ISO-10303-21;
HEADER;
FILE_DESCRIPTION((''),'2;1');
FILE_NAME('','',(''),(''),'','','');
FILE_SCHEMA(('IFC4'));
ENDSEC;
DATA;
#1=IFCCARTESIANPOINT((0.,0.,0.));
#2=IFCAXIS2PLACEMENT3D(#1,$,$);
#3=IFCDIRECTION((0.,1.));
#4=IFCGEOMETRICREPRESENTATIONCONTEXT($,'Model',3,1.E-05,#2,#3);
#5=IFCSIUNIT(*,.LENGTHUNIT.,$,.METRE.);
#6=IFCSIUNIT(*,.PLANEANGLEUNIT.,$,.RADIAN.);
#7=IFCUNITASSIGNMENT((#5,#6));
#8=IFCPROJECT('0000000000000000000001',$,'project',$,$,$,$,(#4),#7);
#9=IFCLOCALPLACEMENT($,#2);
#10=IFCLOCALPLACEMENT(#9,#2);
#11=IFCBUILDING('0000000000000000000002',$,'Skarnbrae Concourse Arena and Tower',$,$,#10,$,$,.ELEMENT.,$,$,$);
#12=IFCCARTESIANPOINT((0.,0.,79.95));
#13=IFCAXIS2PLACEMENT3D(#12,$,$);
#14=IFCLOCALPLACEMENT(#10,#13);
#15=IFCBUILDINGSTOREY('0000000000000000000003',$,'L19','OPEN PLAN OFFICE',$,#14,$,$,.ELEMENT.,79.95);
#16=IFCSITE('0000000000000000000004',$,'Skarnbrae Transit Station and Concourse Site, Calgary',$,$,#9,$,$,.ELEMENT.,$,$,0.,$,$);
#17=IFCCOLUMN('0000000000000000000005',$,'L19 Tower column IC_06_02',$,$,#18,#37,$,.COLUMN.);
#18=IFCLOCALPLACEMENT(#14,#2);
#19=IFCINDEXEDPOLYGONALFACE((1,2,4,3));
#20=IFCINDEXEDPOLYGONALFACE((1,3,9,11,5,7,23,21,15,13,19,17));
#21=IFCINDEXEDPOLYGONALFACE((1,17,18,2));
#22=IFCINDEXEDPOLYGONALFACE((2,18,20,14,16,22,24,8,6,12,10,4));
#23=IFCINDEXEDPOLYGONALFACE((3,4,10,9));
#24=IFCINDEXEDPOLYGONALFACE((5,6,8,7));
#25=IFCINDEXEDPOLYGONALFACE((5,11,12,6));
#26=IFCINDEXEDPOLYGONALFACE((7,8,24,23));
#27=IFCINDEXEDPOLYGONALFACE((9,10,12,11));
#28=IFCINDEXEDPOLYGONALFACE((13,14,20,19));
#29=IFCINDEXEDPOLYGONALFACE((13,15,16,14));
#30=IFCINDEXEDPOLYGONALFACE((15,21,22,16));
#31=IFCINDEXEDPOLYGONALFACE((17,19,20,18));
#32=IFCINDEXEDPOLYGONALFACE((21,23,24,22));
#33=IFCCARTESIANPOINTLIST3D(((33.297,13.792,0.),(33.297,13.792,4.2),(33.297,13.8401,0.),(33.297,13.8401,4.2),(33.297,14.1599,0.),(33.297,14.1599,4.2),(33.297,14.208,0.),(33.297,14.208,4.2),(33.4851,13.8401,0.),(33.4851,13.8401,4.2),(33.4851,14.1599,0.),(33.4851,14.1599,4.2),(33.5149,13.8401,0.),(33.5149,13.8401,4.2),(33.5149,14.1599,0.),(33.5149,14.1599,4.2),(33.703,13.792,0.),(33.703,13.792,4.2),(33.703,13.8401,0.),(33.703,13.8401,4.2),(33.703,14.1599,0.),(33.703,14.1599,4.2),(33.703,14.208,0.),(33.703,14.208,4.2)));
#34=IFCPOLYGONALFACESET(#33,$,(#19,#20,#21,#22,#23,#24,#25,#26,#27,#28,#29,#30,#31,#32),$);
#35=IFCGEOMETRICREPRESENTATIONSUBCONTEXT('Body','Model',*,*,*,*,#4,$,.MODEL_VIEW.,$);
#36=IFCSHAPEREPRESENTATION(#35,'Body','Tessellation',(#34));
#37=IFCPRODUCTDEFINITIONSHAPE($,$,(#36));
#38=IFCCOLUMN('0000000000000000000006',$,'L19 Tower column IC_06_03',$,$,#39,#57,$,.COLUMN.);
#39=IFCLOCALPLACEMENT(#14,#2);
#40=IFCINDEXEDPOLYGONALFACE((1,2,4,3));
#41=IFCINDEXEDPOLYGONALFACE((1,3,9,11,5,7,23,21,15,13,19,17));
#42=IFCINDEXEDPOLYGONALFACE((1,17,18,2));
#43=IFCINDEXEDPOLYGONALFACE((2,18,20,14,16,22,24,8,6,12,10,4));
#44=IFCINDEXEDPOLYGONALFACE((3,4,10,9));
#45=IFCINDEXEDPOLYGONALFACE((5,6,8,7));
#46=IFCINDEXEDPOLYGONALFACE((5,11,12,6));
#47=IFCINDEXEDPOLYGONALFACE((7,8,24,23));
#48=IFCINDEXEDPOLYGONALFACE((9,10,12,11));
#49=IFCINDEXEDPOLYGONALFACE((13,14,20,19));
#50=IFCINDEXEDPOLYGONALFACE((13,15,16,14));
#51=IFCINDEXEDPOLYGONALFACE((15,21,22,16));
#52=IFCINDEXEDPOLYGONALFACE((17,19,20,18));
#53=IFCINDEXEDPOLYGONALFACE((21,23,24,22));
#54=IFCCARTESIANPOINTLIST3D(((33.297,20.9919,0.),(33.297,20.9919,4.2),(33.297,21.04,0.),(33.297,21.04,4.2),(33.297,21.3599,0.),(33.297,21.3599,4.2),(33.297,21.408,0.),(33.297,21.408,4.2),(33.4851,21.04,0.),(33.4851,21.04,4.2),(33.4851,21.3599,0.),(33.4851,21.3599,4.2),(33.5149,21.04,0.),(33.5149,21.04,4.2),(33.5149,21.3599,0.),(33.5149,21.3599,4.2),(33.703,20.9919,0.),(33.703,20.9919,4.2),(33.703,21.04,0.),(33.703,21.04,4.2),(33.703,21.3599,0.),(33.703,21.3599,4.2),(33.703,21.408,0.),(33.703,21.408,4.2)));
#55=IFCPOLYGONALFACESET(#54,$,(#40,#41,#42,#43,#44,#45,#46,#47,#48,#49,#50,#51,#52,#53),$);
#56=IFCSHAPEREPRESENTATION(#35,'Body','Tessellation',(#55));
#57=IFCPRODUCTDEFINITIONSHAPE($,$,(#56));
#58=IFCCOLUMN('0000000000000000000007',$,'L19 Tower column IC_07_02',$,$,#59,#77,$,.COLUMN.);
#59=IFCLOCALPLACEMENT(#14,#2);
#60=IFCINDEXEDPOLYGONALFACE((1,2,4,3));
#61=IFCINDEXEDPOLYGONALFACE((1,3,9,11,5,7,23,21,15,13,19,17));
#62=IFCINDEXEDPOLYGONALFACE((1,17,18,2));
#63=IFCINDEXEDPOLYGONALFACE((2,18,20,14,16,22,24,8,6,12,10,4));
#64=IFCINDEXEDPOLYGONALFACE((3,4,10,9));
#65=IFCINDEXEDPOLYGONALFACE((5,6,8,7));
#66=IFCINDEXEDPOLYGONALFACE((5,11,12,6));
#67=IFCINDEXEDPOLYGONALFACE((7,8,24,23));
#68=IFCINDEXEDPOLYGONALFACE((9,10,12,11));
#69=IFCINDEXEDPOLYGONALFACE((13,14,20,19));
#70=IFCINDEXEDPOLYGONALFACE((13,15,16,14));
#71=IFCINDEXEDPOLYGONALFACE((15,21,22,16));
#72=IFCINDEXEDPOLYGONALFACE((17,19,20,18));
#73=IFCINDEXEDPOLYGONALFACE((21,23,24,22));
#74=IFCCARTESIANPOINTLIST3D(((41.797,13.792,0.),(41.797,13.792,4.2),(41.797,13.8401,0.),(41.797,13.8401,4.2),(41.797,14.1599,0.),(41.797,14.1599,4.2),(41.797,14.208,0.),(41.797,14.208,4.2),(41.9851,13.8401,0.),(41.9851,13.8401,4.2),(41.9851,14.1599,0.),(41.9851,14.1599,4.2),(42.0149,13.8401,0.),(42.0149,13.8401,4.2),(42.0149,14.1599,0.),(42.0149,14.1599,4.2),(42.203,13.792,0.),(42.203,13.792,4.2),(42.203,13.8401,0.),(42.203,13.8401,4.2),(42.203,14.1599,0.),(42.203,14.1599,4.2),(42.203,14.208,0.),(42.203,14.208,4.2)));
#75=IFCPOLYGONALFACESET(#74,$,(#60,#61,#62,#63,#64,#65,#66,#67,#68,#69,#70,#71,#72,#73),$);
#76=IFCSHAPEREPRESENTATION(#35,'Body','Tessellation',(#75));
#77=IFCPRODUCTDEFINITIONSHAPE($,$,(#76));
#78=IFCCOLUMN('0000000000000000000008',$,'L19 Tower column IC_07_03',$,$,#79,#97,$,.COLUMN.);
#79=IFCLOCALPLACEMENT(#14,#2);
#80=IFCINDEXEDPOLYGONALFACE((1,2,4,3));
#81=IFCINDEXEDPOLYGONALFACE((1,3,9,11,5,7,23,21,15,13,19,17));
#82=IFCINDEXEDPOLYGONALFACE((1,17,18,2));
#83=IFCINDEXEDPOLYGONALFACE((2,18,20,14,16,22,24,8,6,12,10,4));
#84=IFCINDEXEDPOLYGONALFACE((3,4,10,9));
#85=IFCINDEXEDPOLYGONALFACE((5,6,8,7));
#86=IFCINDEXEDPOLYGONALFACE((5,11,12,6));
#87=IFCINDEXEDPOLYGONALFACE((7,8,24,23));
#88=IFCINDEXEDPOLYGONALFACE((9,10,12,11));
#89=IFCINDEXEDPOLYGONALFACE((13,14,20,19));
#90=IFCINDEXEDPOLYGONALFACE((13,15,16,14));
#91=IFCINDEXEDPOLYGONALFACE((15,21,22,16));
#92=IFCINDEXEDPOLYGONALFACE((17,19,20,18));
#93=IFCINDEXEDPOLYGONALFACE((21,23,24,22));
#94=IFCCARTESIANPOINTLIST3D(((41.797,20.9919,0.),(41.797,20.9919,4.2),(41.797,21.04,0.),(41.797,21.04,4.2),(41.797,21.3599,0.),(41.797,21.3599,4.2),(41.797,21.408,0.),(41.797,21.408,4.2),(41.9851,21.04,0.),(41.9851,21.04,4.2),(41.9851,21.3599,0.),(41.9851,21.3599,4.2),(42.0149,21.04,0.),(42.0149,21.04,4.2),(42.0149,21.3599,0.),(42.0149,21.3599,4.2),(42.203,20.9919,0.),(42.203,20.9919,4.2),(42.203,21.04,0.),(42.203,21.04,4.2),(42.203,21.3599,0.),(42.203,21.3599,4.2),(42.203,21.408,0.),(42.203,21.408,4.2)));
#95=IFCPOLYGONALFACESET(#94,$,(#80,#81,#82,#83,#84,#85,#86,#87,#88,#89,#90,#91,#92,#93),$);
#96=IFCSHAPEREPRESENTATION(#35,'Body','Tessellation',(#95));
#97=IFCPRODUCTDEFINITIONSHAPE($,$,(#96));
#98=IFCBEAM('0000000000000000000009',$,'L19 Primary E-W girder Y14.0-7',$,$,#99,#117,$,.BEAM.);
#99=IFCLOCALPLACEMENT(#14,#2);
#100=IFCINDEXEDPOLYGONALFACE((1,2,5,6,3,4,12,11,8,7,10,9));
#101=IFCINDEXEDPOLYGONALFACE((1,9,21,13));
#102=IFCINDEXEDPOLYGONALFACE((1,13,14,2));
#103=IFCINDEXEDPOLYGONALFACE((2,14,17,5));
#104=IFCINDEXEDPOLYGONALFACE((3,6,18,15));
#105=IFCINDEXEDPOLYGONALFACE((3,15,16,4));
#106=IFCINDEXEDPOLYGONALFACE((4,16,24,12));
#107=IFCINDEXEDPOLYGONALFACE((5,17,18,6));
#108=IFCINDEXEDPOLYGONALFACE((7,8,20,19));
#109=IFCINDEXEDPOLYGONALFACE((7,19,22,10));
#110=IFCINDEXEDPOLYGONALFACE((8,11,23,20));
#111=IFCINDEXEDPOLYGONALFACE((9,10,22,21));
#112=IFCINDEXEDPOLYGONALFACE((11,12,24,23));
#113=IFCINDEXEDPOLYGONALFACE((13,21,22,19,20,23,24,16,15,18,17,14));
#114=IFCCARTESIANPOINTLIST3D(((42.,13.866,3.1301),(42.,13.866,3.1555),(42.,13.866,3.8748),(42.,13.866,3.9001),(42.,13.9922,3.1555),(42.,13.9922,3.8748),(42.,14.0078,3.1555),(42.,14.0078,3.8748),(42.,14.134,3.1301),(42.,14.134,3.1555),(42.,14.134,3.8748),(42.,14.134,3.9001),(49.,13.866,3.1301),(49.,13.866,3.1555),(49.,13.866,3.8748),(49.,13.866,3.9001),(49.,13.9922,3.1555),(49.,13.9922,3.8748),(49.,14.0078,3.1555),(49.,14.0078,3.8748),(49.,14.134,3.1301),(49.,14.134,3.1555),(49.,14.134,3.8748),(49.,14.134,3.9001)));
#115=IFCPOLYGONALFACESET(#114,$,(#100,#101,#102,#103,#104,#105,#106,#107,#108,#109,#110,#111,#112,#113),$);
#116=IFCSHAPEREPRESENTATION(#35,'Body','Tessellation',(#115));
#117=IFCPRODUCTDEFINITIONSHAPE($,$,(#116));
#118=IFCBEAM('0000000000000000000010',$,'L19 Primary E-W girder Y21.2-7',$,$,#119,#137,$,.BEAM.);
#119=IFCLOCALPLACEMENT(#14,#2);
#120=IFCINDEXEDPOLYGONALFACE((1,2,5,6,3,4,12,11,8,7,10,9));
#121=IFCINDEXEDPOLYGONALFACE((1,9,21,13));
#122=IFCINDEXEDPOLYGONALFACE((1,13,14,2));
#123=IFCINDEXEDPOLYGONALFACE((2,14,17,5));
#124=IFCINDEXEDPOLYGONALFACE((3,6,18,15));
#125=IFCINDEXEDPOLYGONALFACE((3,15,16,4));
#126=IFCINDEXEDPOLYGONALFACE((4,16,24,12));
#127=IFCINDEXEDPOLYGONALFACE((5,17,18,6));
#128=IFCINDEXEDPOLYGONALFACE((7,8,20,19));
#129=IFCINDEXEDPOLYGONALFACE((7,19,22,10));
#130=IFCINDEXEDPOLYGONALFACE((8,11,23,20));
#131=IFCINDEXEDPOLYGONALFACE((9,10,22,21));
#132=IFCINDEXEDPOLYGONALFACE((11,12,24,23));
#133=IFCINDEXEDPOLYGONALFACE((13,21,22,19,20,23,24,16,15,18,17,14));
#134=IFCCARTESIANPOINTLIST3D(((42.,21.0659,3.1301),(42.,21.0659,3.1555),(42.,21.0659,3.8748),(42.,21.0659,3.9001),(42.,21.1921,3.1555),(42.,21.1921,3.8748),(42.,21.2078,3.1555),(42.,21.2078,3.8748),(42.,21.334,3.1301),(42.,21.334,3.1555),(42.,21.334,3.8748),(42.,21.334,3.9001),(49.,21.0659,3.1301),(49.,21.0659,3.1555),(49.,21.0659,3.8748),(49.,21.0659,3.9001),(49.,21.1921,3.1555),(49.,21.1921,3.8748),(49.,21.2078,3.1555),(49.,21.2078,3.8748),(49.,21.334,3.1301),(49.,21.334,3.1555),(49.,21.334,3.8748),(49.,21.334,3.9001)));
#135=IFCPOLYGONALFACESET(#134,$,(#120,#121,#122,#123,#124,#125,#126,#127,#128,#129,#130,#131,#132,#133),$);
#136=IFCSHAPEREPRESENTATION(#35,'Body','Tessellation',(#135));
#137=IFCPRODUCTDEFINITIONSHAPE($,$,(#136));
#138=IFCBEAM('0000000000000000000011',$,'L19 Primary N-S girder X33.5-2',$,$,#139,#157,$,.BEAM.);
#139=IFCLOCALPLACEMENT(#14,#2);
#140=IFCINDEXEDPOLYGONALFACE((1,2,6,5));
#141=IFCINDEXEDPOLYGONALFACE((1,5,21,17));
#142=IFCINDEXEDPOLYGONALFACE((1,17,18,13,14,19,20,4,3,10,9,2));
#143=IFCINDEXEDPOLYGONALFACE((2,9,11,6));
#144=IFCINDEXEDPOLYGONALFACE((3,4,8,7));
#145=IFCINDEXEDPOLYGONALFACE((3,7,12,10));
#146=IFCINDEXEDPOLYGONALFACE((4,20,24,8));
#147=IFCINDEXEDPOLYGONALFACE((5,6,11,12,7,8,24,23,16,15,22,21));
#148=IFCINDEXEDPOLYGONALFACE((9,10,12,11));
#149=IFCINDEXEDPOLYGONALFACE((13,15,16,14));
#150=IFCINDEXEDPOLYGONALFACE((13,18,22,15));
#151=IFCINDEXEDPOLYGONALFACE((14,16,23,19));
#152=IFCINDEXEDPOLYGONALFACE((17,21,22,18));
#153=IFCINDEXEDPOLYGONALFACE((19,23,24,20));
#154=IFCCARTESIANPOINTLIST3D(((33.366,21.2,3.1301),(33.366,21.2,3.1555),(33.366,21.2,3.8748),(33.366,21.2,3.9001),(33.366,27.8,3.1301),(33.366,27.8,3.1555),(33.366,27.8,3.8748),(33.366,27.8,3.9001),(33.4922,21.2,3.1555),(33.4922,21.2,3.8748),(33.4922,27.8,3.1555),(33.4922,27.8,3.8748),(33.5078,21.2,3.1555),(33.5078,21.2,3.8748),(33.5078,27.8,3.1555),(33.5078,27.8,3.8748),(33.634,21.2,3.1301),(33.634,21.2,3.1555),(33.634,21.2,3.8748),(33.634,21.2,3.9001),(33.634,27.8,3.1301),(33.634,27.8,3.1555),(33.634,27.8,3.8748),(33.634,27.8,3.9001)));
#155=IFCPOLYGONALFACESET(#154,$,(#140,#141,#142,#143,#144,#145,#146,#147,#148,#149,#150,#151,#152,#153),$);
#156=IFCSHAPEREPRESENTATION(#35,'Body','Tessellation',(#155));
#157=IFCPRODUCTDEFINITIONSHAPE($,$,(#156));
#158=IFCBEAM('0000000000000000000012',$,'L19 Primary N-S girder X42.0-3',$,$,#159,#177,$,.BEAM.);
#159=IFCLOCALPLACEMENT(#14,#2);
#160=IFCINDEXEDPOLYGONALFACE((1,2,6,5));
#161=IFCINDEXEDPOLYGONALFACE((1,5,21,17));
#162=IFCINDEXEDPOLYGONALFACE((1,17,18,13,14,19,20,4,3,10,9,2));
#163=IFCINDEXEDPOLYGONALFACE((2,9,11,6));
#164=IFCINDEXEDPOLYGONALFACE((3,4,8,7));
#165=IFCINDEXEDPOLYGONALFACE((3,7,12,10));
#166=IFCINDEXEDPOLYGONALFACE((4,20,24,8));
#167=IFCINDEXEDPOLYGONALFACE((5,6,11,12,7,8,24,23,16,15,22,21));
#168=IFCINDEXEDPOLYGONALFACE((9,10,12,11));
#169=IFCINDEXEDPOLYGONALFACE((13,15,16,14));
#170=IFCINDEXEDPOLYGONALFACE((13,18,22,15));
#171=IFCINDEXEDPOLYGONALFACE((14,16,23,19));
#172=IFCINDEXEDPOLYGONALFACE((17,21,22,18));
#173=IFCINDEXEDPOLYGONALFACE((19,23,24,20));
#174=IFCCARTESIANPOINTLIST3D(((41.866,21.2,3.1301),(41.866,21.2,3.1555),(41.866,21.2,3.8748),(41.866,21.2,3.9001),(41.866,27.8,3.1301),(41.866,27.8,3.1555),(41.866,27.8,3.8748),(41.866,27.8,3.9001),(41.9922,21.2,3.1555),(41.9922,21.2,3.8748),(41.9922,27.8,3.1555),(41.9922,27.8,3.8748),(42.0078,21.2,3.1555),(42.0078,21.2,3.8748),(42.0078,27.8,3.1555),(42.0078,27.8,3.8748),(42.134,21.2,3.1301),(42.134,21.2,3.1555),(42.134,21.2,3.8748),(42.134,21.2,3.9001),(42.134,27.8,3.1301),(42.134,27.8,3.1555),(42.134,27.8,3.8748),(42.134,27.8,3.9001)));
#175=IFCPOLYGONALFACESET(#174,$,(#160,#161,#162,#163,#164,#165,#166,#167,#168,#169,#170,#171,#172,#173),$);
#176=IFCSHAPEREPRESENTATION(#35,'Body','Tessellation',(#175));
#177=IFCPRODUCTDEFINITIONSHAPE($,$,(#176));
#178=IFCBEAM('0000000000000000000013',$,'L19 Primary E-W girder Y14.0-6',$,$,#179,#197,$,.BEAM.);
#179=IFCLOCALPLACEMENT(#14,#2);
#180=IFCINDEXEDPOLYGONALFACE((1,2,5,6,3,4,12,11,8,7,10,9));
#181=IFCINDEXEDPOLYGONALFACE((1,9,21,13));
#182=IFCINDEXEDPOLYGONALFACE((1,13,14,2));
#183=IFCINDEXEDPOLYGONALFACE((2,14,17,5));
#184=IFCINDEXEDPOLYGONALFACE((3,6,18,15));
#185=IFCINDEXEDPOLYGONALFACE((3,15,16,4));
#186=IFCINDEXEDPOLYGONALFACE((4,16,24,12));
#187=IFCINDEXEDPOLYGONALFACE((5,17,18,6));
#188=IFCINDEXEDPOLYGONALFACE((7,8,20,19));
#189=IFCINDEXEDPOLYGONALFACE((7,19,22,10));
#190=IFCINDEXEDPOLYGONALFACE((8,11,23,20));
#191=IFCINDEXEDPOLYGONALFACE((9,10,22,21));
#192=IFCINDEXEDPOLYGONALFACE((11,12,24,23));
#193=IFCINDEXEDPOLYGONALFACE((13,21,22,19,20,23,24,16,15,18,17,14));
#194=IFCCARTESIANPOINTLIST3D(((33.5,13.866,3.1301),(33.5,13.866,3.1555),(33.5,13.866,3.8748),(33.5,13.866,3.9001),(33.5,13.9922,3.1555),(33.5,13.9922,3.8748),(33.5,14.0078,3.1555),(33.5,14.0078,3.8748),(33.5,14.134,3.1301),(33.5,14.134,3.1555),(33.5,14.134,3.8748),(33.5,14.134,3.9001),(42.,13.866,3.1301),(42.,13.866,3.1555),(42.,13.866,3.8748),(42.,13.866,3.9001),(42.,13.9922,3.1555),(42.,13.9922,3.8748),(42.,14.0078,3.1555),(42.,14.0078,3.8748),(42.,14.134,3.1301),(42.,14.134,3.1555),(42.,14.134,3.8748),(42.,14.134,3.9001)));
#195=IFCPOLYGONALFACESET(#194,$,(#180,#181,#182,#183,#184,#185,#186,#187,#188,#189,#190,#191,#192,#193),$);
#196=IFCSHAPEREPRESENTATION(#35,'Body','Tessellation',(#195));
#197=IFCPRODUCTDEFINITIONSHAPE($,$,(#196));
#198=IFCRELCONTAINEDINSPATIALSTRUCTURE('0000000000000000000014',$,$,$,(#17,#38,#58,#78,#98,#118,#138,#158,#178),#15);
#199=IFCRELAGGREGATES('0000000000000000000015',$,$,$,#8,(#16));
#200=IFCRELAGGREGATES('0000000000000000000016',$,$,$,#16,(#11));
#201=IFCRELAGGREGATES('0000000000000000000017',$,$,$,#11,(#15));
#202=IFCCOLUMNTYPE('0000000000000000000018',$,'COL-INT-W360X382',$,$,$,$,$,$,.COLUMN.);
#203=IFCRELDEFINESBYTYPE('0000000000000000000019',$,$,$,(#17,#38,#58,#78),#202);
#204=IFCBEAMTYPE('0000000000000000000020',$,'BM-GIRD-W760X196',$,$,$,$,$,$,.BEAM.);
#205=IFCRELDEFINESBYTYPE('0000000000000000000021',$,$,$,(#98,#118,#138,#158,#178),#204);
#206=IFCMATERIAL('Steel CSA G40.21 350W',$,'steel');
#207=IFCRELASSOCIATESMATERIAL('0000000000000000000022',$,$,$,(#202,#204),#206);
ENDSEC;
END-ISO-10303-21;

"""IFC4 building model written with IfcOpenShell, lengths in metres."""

from ifc_helpers import new_model, si_unit, direction, frame, origin, origin_2d, place, context, subcontext, project, spatial, i_section, extrude, source, transform, mapped, material, material_profile, profile_set, type_object, element, save


model = new_model("IFC4")

# Units and contexts
model_context = context("Model", 3, precision=1e-05, world=origin(), true_north=direction((0.0, 1.0)))
body_context = subcontext(model_context, "Body", "Model", "MODEL_VIEW")
ifc_project = project(units=[si_unit("LENGTHUNIT", "METRE"), si_unit("PLANEANGLEUNIT", "RADIAN")], contexts=[model_context])

# Site, building, storey
site_placement = place(None, origin())
site = spatial("IfcSite", under=ifc_project, at=site_placement, Name="Skarnbrae Transit Station and Concourse Site, Calgary", CompositionType="ELEMENT", RefElevation=0.0)
building_placement = place(site_placement, origin())
building = spatial("IfcBuilding", under=site, at=building_placement, Name="Skarnbrae Concourse Arena and Tower", CompositionType="ELEMENT")
storey_placement = place(building_placement, frame((0.0, 0.0, 79.95)))
storey = spatial("IfcBuildingStorey", under=building, at=storey_placement, Name="L19", Description="OPEN PLAN OFFICE", CompositionType="ELEMENT", Elevation=79.95)

# Columns
ifc_material_1 = material(Name="Steel CSA G40.21 350W", Category="steel")
ifc_material_profile_1 = material_profile(ifc_material_1, i_section(OverallWidth=0.406, OverallDepth=0.416, WebThickness=0.0298, FlangeThickness=0.0481, at=origin_2d()), Name="W360X382")
ifc_profile_set_1 = profile_set([ifc_material_profile_1], Name="Steel CSA G40.21 350W")
column_type = type_object("IfcColumnType", Name="COL-INT-W360X382", PredefinedType="COLUMN", material=ifc_profile_set_1)
shared_shape_1 = source(origin(), body_context, "Body", "SweptSolid", [
    extrude(i_section(OverallWidth=0.406, OverallDepth=0.416, WebThickness=0.0298, FlangeThickness=0.0481, at=origin_2d()), origin(), (0.0, 0.0, 1.0), 4.2),
])
for number, where, z_axis, x_axis, name in (
    (1, (33.5, 14.0, 0.0), (0.0, 0.0, 1.0), (1.0, 0.0, 0.0), "L19 Tower column IC_06_02"),
    (2, (33.5, 21.2, 0.0), (0.0, 0.0, 1.0), (1.0, 0.0, 0.0), "L19 Tower column IC_06_03"),
    (3, (42.0, 14.0, 0.0), (0.0, 0.0, 1.0), (1.0, 0.0, 0.0), "L19 Tower column IC_07_02"),
    (4, (42.0, 21.2, 0.0), (0.0, 0.0, 1.0), (1.0, 0.0, 0.0), "L19 Tower column IC_07_03"),
):
    element("IfcColumn", number, at=place(storey_placement, frame(where, z_axis=z_axis, x_axis=x_axis)), inside=storey, type_object=column_type, Name=name, PredefinedType="COLUMN", context=body_context, shape_type="MappedRepresentation", body=[
        mapped(shared_shape_1, transform((0.0, 0.0, 0.0))),
    ])

# Beams
ifc_material_profile_2 = material_profile(ifc_material_1, i_section(OverallWidth=0.2681, OverallDepth=0.77, WebThickness=0.0156, FlangeThickness=0.0254, at=origin_2d()), Name="W760X196")
ifc_profile_set_2 = profile_set([ifc_material_profile_2], Name="Steel CSA G40.21 350W")
beam_type_1 = type_object("IfcBeamType", Name="BM-GIRD-W760X196", PredefinedType="BEAM", material=ifc_profile_set_2)
shared_shape_2 = source(origin(), body_context, "Body", "SweptSolid", [
    extrude(i_section(OverallWidth=0.2681, OverallDepth=0.77, WebThickness=0.0156, FlangeThickness=0.0254, at=origin_2d()), origin(), (0.0, 0.0, 1.0), 7.0),
])
for number, where, z_axis, x_axis, name in (
    (5, (42.0, 14.0, 3.5151), (1.0, 0.0, 0.0), (0.0, 1.0, 0.0), "L19 Primary E-W girder Y14.0-7"),
    (6, (42.0, 21.2, 3.5151), (1.0, 0.0, 0.0), (0.0, 1.0, 0.0), "L19 Primary E-W girder Y21.2-7"),
):
    element("IfcBeam", number, at=place(storey_placement, frame(where, z_axis=z_axis, x_axis=x_axis)), inside=storey, type_object=beam_type_1, Name=name, PredefinedType="BEAM", context=body_context, shape_type="MappedRepresentation", body=[
        mapped(shared_shape_2, transform((0.0, 0.0, 0.0))),
    ])
shared_shape_3 = source(origin(), body_context, "Body", "SweptSolid", [
    extrude(i_section(OverallWidth=0.2681, OverallDepth=0.77, WebThickness=0.0156, FlangeThickness=0.0254, at=origin_2d()), origin(), (0.0, 0.0, 1.0), 6.6001),
])
for number, where, z_axis, x_axis, name in (
    (7, (33.5, 21.2, 3.5151), (0.0, 1.0, 0.0), (-1.0, 0.0, 0.0), "L19 Primary N-S girder X33.5-2"),
    (8, (42.0, 21.2, 3.5151), (0.0, 1.0, 0.0), (-1.0, 0.0, 0.0), "L19 Primary N-S girder X42.0-3"),
):
    element("IfcBeam", number, at=place(storey_placement, frame(where, z_axis=z_axis, x_axis=x_axis)), inside=storey, type_object=beam_type_1, Name=name, PredefinedType="BEAM", context=body_context, shape_type="MappedRepresentation", body=[
        mapped(shared_shape_3, transform((0.0, 0.0, 0.0))),
    ])
shared_shape_4 = source(origin(), body_context, "Body", "SweptSolid", [
    extrude(i_section(OverallWidth=0.2681, OverallDepth=0.77, WebThickness=0.0156, FlangeThickness=0.0254, at=origin_2d()), origin(), (0.0, 0.0, 1.0), 8.5),
])
for number, where, z_axis, x_axis, name in (
    (9, (33.5, 14.0, 3.5151), (1.0, 0.0, 0.0), (0.0, 1.0, 0.0), "L19 Primary E-W girder Y14.0-6"),
):
    element("IfcBeam", number, at=place(storey_placement, frame(where, z_axis=z_axis, x_axis=x_axis)), inside=storey, type_object=beam_type_1, Name=name, PredefinedType="BEAM", context=body_context, shape_type="MappedRepresentation", body=[
        mapped(shared_shape_4, transform((0.0, 0.0, 0.0))),
    ])

save(model, "model.ifc")
